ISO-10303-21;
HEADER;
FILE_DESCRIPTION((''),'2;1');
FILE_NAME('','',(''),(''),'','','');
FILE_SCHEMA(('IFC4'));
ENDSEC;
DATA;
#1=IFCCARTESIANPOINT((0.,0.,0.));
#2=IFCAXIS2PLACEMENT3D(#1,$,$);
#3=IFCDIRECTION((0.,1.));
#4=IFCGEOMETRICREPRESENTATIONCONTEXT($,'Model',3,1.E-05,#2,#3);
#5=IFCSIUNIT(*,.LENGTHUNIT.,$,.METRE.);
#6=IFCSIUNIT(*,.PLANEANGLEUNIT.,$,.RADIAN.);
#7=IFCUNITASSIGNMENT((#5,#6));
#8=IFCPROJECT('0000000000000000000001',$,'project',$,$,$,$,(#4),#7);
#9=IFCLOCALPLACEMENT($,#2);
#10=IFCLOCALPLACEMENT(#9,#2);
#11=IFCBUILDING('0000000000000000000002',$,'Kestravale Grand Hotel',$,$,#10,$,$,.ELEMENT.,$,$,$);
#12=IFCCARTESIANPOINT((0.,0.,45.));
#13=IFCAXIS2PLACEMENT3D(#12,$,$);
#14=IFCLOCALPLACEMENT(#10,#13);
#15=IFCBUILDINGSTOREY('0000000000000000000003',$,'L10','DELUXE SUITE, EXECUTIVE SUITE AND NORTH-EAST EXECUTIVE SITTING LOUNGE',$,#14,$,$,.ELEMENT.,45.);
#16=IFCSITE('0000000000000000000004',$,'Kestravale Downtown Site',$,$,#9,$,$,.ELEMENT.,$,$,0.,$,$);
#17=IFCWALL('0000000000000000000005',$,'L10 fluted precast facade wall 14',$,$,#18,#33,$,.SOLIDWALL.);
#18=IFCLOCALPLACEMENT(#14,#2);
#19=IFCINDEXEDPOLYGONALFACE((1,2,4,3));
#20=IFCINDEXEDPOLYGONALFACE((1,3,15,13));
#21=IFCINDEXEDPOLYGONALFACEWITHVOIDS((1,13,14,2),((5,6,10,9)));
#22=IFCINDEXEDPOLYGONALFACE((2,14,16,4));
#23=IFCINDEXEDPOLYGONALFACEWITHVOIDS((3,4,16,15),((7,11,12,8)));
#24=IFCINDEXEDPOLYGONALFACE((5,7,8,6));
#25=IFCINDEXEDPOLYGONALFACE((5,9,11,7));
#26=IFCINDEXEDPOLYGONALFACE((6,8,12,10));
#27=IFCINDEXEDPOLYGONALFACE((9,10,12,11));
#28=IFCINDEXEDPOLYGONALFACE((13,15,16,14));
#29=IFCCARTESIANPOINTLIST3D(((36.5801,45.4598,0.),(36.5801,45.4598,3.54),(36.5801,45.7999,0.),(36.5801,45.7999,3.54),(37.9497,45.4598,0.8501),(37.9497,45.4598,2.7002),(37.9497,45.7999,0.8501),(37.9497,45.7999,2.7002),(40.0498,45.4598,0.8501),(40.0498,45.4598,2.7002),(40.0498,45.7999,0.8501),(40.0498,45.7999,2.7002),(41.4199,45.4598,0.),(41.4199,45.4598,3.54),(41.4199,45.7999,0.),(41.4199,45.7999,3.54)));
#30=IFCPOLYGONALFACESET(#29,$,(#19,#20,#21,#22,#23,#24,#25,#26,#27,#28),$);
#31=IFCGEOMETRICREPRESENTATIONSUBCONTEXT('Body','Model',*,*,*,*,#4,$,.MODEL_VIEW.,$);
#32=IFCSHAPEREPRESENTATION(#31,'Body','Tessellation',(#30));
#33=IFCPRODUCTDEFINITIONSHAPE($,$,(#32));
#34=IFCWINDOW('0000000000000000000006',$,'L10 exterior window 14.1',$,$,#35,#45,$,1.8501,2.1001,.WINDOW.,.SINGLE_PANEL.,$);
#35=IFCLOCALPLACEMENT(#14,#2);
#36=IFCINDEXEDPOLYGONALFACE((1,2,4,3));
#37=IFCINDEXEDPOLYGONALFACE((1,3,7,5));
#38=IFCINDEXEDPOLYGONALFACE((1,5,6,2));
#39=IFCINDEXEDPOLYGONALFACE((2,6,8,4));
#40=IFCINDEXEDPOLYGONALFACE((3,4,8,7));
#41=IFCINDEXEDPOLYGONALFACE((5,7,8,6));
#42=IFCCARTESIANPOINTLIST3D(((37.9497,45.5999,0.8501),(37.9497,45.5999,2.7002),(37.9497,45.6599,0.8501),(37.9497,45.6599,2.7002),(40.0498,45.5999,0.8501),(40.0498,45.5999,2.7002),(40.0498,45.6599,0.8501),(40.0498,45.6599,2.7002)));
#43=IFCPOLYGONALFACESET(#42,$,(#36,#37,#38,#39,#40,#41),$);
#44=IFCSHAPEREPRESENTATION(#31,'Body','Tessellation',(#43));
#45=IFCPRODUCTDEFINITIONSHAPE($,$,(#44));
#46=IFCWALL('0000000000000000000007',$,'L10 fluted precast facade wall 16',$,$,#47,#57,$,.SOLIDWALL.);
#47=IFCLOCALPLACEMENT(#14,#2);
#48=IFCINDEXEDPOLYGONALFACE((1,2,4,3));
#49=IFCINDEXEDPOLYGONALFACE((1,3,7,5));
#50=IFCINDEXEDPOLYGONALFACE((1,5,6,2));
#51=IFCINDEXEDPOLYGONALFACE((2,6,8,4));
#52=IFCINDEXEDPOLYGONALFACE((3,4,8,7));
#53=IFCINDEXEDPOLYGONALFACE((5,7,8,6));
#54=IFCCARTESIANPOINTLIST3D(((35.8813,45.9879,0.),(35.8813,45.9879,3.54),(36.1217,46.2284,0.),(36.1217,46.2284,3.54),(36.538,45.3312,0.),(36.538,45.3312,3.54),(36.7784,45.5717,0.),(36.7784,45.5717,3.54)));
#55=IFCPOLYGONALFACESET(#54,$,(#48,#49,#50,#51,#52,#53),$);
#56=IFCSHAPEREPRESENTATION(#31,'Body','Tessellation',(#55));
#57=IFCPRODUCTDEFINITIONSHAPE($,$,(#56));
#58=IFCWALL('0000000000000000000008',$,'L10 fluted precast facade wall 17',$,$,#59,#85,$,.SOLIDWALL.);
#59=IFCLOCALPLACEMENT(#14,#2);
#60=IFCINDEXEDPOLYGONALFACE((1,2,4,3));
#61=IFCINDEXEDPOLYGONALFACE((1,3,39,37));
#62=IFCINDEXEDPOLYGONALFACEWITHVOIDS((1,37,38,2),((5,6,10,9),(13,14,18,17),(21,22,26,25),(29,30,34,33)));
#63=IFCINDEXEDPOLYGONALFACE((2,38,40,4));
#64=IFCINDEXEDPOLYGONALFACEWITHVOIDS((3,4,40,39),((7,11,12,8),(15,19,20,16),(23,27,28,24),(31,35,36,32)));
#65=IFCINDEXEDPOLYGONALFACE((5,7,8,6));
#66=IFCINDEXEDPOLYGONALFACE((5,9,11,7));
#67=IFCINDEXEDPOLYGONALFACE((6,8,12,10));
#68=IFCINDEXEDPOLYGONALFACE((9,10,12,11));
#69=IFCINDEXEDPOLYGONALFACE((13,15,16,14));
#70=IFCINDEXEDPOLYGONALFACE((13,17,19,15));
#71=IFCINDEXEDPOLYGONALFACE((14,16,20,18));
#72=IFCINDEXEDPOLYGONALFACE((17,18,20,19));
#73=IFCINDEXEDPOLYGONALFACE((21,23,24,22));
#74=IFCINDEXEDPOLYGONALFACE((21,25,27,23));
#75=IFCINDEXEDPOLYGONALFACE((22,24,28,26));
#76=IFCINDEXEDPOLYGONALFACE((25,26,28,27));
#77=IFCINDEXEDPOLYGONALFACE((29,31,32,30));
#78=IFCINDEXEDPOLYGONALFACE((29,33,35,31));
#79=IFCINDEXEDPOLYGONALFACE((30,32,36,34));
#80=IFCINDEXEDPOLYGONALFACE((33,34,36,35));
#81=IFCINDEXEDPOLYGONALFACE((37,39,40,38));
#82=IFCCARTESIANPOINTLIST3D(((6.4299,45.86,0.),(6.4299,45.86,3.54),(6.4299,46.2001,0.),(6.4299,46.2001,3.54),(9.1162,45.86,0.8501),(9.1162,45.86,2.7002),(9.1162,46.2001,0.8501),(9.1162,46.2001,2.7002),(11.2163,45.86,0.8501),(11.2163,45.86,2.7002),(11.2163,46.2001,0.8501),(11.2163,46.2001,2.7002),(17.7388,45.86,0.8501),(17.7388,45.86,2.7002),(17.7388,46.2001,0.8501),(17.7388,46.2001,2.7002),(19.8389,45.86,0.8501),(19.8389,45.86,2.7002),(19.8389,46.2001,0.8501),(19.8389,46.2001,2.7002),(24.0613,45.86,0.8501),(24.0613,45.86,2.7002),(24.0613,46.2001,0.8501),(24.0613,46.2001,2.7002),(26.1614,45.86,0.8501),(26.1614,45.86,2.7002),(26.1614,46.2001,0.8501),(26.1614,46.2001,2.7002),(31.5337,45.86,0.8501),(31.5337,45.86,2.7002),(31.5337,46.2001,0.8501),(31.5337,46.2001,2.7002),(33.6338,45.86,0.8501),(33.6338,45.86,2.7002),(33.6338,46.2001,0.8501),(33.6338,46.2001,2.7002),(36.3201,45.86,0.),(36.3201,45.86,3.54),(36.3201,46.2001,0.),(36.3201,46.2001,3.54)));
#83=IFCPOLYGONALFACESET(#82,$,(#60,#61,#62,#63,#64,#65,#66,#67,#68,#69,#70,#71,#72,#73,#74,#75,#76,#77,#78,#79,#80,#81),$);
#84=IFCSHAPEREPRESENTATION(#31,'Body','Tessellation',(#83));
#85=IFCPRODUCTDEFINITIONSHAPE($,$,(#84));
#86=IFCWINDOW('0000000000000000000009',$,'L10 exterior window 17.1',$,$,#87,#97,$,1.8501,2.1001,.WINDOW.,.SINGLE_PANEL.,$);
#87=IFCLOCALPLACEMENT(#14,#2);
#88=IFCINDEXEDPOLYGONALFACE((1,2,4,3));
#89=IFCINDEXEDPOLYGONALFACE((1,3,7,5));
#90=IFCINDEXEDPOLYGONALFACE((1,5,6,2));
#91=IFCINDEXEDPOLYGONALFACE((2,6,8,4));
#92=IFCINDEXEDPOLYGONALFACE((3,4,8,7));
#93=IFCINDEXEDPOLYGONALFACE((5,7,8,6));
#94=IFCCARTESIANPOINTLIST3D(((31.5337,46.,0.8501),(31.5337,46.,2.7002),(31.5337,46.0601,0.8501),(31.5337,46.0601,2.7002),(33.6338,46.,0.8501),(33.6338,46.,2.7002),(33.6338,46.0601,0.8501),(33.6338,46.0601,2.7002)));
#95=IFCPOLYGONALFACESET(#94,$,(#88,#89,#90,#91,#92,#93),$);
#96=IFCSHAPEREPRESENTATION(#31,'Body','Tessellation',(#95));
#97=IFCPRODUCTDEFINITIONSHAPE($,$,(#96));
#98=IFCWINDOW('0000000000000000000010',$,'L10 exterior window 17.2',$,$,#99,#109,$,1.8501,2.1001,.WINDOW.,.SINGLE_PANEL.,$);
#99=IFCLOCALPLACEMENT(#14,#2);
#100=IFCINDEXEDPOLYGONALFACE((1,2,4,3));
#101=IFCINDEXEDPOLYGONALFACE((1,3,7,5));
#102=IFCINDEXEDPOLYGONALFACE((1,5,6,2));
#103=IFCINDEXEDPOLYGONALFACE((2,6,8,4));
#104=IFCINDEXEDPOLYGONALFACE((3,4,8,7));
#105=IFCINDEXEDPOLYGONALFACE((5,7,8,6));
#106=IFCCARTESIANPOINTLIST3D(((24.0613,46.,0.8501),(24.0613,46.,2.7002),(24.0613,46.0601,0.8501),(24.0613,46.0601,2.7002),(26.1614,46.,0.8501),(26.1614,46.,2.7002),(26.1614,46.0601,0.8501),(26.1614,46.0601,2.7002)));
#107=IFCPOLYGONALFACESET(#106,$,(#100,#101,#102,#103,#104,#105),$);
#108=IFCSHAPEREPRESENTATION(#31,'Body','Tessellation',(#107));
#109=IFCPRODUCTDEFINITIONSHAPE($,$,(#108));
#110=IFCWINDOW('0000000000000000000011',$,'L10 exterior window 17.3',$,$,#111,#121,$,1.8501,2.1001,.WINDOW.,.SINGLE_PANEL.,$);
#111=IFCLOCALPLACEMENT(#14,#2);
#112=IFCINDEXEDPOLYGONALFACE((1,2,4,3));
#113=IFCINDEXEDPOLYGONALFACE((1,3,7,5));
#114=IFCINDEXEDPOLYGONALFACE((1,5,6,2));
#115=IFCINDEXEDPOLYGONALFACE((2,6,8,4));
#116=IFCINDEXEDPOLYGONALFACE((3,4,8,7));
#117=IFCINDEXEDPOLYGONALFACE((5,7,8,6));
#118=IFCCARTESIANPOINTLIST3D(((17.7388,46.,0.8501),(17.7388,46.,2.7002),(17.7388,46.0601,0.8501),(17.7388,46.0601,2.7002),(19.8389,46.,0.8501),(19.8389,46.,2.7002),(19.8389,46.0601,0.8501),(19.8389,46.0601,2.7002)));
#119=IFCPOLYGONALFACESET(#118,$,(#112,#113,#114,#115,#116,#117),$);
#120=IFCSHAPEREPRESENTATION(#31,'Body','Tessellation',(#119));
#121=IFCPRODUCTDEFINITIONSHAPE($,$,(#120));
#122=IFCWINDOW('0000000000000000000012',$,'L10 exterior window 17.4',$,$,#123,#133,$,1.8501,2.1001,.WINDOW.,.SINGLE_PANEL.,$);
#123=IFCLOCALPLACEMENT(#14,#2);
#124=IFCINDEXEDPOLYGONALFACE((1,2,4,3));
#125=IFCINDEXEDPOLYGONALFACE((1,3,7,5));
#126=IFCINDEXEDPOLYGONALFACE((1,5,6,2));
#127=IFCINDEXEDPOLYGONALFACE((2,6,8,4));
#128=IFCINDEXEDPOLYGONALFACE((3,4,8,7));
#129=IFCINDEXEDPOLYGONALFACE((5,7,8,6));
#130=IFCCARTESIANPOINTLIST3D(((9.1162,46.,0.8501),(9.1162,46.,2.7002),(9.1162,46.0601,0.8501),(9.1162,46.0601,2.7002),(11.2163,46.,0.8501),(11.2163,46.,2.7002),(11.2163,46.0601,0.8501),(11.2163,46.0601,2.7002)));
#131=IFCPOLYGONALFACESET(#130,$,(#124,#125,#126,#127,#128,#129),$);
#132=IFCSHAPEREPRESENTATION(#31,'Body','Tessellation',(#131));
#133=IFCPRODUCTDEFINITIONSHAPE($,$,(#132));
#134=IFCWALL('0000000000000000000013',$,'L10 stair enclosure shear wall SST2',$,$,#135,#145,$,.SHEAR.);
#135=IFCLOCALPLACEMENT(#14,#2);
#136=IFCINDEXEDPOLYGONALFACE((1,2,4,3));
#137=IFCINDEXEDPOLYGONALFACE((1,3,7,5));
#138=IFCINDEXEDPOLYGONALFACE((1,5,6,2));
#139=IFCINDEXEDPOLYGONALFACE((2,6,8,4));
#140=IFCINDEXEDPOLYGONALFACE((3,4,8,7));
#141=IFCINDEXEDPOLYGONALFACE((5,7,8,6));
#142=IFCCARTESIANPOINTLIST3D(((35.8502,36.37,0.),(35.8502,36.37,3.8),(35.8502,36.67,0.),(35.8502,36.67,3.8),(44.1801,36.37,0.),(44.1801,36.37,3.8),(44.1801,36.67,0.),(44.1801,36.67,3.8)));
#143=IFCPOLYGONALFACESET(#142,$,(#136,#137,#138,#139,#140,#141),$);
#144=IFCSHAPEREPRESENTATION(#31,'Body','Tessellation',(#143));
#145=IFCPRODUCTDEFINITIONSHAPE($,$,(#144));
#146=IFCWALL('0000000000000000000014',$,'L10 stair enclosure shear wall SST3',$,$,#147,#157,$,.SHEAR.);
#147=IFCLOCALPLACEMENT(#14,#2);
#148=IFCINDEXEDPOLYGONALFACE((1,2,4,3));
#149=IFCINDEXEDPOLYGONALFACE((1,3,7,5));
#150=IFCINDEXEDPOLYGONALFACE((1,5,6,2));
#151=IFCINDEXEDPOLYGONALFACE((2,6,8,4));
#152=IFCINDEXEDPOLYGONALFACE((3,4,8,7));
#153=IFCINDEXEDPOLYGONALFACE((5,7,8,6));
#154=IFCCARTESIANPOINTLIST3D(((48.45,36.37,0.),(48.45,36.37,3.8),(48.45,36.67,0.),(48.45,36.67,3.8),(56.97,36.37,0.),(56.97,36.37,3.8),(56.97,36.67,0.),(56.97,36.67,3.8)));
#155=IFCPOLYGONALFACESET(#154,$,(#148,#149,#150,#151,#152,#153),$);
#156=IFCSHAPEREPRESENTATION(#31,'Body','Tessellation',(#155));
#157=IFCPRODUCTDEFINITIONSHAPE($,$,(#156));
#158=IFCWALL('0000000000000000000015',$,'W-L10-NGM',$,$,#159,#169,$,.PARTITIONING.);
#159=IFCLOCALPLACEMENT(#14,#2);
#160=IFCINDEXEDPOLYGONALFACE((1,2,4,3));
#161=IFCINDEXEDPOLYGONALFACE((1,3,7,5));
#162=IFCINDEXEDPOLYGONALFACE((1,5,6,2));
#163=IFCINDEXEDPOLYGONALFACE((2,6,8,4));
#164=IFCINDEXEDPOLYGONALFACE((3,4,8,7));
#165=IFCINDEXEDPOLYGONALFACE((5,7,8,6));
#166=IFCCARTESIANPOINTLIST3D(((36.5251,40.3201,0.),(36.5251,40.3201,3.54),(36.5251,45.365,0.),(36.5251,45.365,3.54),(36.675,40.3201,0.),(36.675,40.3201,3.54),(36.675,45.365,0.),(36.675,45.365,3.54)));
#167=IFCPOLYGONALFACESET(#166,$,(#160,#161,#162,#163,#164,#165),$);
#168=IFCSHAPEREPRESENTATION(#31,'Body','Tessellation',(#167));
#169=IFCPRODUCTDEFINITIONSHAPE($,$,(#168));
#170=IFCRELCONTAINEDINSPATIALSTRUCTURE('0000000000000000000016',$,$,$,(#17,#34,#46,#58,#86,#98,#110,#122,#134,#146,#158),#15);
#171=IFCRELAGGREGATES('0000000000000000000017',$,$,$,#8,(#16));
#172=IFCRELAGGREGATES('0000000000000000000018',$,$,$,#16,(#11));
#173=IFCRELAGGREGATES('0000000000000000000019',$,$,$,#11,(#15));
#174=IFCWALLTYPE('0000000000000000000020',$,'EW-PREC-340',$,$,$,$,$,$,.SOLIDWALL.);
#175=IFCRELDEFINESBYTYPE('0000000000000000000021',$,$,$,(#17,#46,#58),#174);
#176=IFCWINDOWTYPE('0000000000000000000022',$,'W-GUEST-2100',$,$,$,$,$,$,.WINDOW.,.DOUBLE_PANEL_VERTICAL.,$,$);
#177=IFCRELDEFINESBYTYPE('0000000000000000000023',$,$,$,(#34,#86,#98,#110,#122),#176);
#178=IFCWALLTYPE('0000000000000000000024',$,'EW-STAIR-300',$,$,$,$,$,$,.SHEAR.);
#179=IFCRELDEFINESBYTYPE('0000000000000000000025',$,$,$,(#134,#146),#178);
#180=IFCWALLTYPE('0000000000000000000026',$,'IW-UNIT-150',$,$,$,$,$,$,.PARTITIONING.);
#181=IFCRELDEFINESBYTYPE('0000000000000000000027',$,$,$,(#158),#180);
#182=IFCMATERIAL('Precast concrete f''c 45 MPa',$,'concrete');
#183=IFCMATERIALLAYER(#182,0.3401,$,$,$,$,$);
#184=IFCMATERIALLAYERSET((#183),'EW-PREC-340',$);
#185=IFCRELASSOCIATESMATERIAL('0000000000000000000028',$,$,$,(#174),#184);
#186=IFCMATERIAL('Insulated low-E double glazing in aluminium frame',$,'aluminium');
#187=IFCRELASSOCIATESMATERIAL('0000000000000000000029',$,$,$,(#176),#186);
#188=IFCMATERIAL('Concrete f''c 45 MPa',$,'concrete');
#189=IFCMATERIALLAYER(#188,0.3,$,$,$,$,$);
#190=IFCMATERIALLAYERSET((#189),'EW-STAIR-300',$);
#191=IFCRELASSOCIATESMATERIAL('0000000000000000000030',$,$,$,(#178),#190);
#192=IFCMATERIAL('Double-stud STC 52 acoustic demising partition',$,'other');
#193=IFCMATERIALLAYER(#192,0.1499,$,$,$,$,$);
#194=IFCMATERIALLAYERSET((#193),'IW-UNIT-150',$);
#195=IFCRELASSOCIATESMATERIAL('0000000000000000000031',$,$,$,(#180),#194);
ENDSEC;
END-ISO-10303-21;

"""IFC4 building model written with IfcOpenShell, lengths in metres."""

from ifc_helpers import new_model, si_unit, direction, frame, frame_2d, origin, place, context, subcontext, project, spatial, rectangle, extrude, material, layer, layer_set, type_object, element, fill, save


model = new_model("IFC4")

# Units and contexts
model_context = context("Model", 3, precision=1e-05, world=origin(), true_north=direction((0.0, 1.0)))
body_context = subcontext(model_context, "Body", "Model", "MODEL_VIEW")
ifc_project = project(units=[si_unit("LENGTHUNIT", "METRE"), si_unit("PLANEANGLEUNIT", "RADIAN")], contexts=[model_context])

# Site, building, storey
site_placement = place(None, origin())
site = spatial("IfcSite", under=ifc_project, at=site_placement, Name="Kestravale Downtown Site", CompositionType="ELEMENT", RefElevation=0.0)
building_placement = place(site_placement, origin())
building = spatial("IfcBuilding", under=site, at=building_placement, Name="Kestravale Grand Hotel", CompositionType="ELEMENT")
storey_placement = place(building_placement, frame((0.0, 0.0, 45.0)))
storey = spatial("IfcBuildingStorey", under=building, at=storey_placement, Name="L10", Description="DELUXE SUITE, EXECUTIVE SUITE AND NORTH-EAST EXECUTIVE SITTING LOUNGE", CompositionType="ELEMENT", Elevation=45.0)

# Shared definitions
ifc_material_1 = material(Name="Precast concrete f'c 45 MPa", Category="concrete")
ifc_layer_1 = layer(ifc_material_1, 0.3401)
ifc_layer_set_1 = layer_set([ifc_layer_1], Name="EW-PREC-340")
wall_type_1 = type_object("IfcWallType", Name="EW-PREC-340", PredefinedType="SOLIDWALL", material=ifc_layer_set_1)

# Wall, opening, window
ifc_material_2 = material(Name="Insulated low-E double glazing in aluminium frame", Category="aluminium")
window_type = type_object("IfcWindowType", Name="W-GUEST-2100", PartitioningType="DOUBLE_PANEL_VERTICAL", PredefinedType="WINDOW", material=ifc_material_2)
wall_1_placement = place(storey_placement, frame((41.4199, 45.6299, 0.0), z_axis=(0.0, 0.0, 1.0), x_axis=(-1.0, 0.0, 0.0)))
wall_1 = element("IfcWall", 1, at=wall_1_placement, inside=storey, type_object=wall_type_1, Name="L10 fluted precast facade wall 14", PredefinedType="SOLIDWALL", context=body_context, shape_type="SweptSolid", body=[
    extrude(rectangle(XDim=4.8398, YDim=0.3401, at=frame_2d((2.4199, 0.0))), origin(), (0.0, 0.0, 1.0), 3.54),
])
opening_1_placement = place(wall_1_placement, frame((1.3701, 0.0, 0.8501)))
opening_1 = element("IfcOpeningElement", 2, at=opening_1_placement, cuts=wall_1, PredefinedType="OPENING", context=body_context, shape_type="SweptSolid", body=[
    extrude(rectangle(XDim=2.1001, YDim=1.8501, at=frame_2d((1.05, 0.925))), frame((0.0, 0.1799, 0.0), z_axis=(0.0, -1.0, 0.0), x_axis=(1.0, 0.0, 0.0)), (0.0, 0.0, 1.0), 0.3601),
])
window_1_placement = place(opening_1_placement, origin())
window_1 = element("IfcWindow", 3, at=window_1_placement, inside=storey, type_object=window_type, Name="L10 exterior window 14.1", OverallHeight=1.8501, OverallWidth=2.1001, PartitioningType="SINGLE_PANEL", PredefinedType="WINDOW", context=body_context, shape_type="SweptSolid", body=[
    extrude(rectangle(XDim=2.1001, YDim=1.8501, at=frame_2d((1.05, 0.925))), frame((0.0, 0.03, 0.0), z_axis=(0.0, -1.0, 0.0), x_axis=(1.0, 0.0, 0.0)), (0.0, 0.0, 1.0), 0.0601),
])
fill(opening_1, window_1)

# Wall
wall_2_placement = place(storey_placement, frame((36.6582, 45.4514, 0.0), z_axis=(0.0, 0.0, 1.0), x_axis=(-0.707107, 0.707107, 0.0)))
element("IfcWall", 4, at=wall_2_placement, inside=storey, type_object=wall_type_1, Name="L10 fluted precast facade wall 16", PredefinedType="SOLIDWALL", context=body_context, shape_type="SweptSolid", body=[
    extrude(rectangle(XDim=0.9287, YDim=0.3401, at=frame_2d((0.4644, 0.0))), origin(), (0.0, 0.0, 1.0), 3.54),
])

# Wall, openings, windows
wall_3_placement = place(storey_placement, frame((36.3201, 46.03, 0.0), z_axis=(0.0, 0.0, 1.0), x_axis=(-1.0, 0.0, 0.0)))
wall_3 = element("IfcWall", 5, at=wall_3_placement, inside=storey, type_object=wall_type_1, Name="L10 fluted precast facade wall 17", PredefinedType="SOLIDWALL", context=body_context, shape_type="SweptSolid", body=[
    extrude(rectangle(XDim=29.8901, YDim=0.3401, at=frame_2d((14.9451, 0.0))), origin(), (0.0, 0.0, 1.0), 3.54),
])
opening_2_placement = place(wall_3_placement, frame((2.6863, 0.0, 0.8501)))
opening_2 = element("IfcOpeningElement", 6, at=opening_2_placement, cuts=wall_3, PredefinedType="OPENING", context=body_context, shape_type="SweptSolid", body=[
    extrude(rectangle(XDim=2.1001, YDim=1.8501, at=frame_2d((1.05, 0.925))), frame((0.0, 0.1799, 0.0), z_axis=(0.0, -1.0, 0.0), x_axis=(1.0, 0.0, 0.0)), (0.0, 0.0, 1.0), 0.3601),
])
opening_3_placement = place(wall_3_placement, frame((10.1587, 0.0, 0.8501)))
opening_3 = element("IfcOpeningElement", 7, at=opening_3_placement, cuts=wall_3, PredefinedType="OPENING", context=body_context, shape_type="SweptSolid", body=[
    extrude(rectangle(XDim=2.1001, YDim=1.8501, at=frame_2d((1.05, 0.925))), frame((0.0, 0.1799, 0.0), z_axis=(0.0, -1.0, 0.0), x_axis=(1.0, 0.0, 0.0)), (0.0, 0.0, 1.0), 0.3601),
])
opening_4_placement = place(wall_3_placement, frame((16.4812, 0.0, 0.8501)))
opening_4 = element("IfcOpeningElement", 8, at=opening_4_placement, cuts=wall_3, PredefinedType="OPENING", context=body_context, shape_type="SweptSolid", body=[
    extrude(rectangle(XDim=2.1001, YDim=1.8501, at=frame_2d((1.05, 0.925))), frame((0.0, 0.1799, 0.0), z_axis=(0.0, -1.0, 0.0), x_axis=(1.0, 0.0, 0.0)), (0.0, 0.0, 1.0), 0.3601),
])
opening_5_placement = place(wall_3_placement, frame((25.1038, 0.0, 0.8501)))
opening_5 = element("IfcOpeningElement", 9, at=opening_5_placement, cuts=wall_3, PredefinedType="OPENING", context=body_context, shape_type="SweptSolid", body=[
    extrude(rectangle(XDim=2.1001, YDim=1.8501, at=frame_2d((1.05, 0.925))), frame((0.0, 0.1799, 0.0), z_axis=(0.0, -1.0, 0.0), x_axis=(1.0, 0.0, 0.0)), (0.0, 0.0, 1.0), 0.3601),
])
window_2_placement = place(opening_2_placement, origin())
window_2 = element("IfcWindow", 10, at=window_2_placement, inside=storey, type_object=window_type, Name="L10 exterior window 17.1", OverallHeight=1.8501, OverallWidth=2.1001, PartitioningType="SINGLE_PANEL", PredefinedType="WINDOW", context=body_context, shape_type="SweptSolid", body=[
    extrude(rectangle(XDim=2.1001, YDim=1.8501, at=frame_2d((1.05, 0.925))), frame((0.0, 0.03, 0.0), z_axis=(0.0, -1.0, 0.0), x_axis=(1.0, 0.0, 0.0)), (0.0, 0.0, 1.0), 0.0601),
])
fill(opening_2, window_2)
window_3_placement = place(opening_3_placement, origin())
window_3 = element("IfcWindow", 11, at=window_3_placement, inside=storey, type_object=window_type, Name="L10 exterior window 17.2", OverallHeight=1.8501, OverallWidth=2.1001, PartitioningType="SINGLE_PANEL", PredefinedType="WINDOW", context=body_context, shape_type="SweptSolid", body=[
    extrude(rectangle(XDim=2.1001, YDim=1.8501, at=frame_2d((1.05, 0.925))), frame((0.0, 0.03, 0.0), z_axis=(0.0, -1.0, 0.0), x_axis=(1.0, 0.0, 0.0)), (0.0, 0.0, 1.0), 0.0601),
])
fill(opening_3, window_3)
window_4_placement = place(opening_4_placement, origin())
window_4 = element("IfcWindow", 12, at=window_4_placement, inside=storey, type_object=window_type, Name="L10 exterior window 17.3", OverallHeight=1.8501, OverallWidth=2.1001, PartitioningType="SINGLE_PANEL", PredefinedType="WINDOW", context=body_context, shape_type="SweptSolid", body=[
    extrude(rectangle(XDim=2.1001, YDim=1.8501, at=frame_2d((1.05, 0.925))), frame((0.0, 0.03, 0.0), z_axis=(0.0, -1.0, 0.0), x_axis=(1.0, 0.0, 0.0)), (0.0, 0.0, 1.0), 0.0601),
])
fill(opening_4, window_4)
window_5_placement = place(opening_5_placement, origin())
window_5 = element("IfcWindow", 13, at=window_5_placement, inside=storey, type_object=window_type, Name="L10 exterior window 17.4", OverallHeight=1.8501, OverallWidth=2.1001, PartitioningType="SINGLE_PANEL", PredefinedType="WINDOW", context=body_context, shape_type="SweptSolid", body=[
    extrude(rectangle(XDim=2.1001, YDim=1.8501, at=frame_2d((1.05, 0.925))), frame((0.0, 0.03, 0.0), z_axis=(0.0, -1.0, 0.0), x_axis=(1.0, 0.0, 0.0)), (0.0, 0.0, 1.0), 0.0601),
])
fill(opening_5, window_5)

# Walls
ifc_material_3 = material(Name="Concrete f'c 45 MPa", Category="concrete")
ifc_layer_2 = layer(ifc_material_3, 0.3)
ifc_layer_set_2 = layer_set([ifc_layer_2], Name="EW-STAIR-300")
wall_type_2 = type_object("IfcWallType", Name="EW-STAIR-300", PredefinedType="SHEAR", material=ifc_layer_set_2)
wall_4_placement = place(storey_placement, frame((35.8501, 36.52, 0.0), z_axis=(0.0, 0.0, 1.0), x_axis=(1.0, 0.0, 0.0)))
element("IfcWall", 14, at=wall_4_placement, inside=storey, type_object=wall_type_2, Name="L10 stair enclosure shear wall SST2", PredefinedType="SHEAR", context=body_context, shape_type="SweptSolid", body=[
    extrude(rectangle(XDim=8.3298, YDim=0.3, at=frame_2d((4.165, 0.0))), origin(), (0.0, 0.0, 1.0), 3.8),
])
wall_5_placement = place(storey_placement, frame((48.45, 36.52, 0.0), z_axis=(0.0, 0.0, 1.0), x_axis=(1.0, 0.0, 0.0)))
element("IfcWall", 15, at=wall_5_placement, inside=storey, type_object=wall_type_2, Name="L10 stair enclosure shear wall SST3", PredefinedType="SHEAR", context=body_context, shape_type="SweptSolid", body=[
    extrude(rectangle(XDim=8.52, YDim=0.3, at=frame_2d((4.26, 0.0))), origin(), (0.0, 0.0, 1.0), 3.8),
])
ifc_material_4 = material(Name="Double-stud STC 52 acoustic demising partition", Category="other")
ifc_layer_3 = layer(ifc_material_4, 0.1499)
ifc_layer_set_3 = layer_set([ifc_layer_3], Name="IW-UNIT-150")
wall_type_3 = type_object("IfcWallType", Name="IW-UNIT-150", PredefinedType="PARTITIONING", material=ifc_layer_set_3)
wall_6_placement = place(storey_placement, frame((36.6001, 40.3201, 0.0), z_axis=(0.0, 0.0, 1.0), x_axis=(0.0, 1.0, 0.0)))
element("IfcWall", 16, at=wall_6_placement, inside=storey, type_object=wall_type_3, Name="W-L10-NGM", PredefinedType="PARTITIONING", context=body_context, shape_type="SweptSolid", body=[
    extrude(rectangle(XDim=5.0449, YDim=0.1499, at=frame_2d((2.5225, 0.0))), origin(), (0.0, 0.0, 1.0), 3.54),
])

save(model, "model.ifc")
